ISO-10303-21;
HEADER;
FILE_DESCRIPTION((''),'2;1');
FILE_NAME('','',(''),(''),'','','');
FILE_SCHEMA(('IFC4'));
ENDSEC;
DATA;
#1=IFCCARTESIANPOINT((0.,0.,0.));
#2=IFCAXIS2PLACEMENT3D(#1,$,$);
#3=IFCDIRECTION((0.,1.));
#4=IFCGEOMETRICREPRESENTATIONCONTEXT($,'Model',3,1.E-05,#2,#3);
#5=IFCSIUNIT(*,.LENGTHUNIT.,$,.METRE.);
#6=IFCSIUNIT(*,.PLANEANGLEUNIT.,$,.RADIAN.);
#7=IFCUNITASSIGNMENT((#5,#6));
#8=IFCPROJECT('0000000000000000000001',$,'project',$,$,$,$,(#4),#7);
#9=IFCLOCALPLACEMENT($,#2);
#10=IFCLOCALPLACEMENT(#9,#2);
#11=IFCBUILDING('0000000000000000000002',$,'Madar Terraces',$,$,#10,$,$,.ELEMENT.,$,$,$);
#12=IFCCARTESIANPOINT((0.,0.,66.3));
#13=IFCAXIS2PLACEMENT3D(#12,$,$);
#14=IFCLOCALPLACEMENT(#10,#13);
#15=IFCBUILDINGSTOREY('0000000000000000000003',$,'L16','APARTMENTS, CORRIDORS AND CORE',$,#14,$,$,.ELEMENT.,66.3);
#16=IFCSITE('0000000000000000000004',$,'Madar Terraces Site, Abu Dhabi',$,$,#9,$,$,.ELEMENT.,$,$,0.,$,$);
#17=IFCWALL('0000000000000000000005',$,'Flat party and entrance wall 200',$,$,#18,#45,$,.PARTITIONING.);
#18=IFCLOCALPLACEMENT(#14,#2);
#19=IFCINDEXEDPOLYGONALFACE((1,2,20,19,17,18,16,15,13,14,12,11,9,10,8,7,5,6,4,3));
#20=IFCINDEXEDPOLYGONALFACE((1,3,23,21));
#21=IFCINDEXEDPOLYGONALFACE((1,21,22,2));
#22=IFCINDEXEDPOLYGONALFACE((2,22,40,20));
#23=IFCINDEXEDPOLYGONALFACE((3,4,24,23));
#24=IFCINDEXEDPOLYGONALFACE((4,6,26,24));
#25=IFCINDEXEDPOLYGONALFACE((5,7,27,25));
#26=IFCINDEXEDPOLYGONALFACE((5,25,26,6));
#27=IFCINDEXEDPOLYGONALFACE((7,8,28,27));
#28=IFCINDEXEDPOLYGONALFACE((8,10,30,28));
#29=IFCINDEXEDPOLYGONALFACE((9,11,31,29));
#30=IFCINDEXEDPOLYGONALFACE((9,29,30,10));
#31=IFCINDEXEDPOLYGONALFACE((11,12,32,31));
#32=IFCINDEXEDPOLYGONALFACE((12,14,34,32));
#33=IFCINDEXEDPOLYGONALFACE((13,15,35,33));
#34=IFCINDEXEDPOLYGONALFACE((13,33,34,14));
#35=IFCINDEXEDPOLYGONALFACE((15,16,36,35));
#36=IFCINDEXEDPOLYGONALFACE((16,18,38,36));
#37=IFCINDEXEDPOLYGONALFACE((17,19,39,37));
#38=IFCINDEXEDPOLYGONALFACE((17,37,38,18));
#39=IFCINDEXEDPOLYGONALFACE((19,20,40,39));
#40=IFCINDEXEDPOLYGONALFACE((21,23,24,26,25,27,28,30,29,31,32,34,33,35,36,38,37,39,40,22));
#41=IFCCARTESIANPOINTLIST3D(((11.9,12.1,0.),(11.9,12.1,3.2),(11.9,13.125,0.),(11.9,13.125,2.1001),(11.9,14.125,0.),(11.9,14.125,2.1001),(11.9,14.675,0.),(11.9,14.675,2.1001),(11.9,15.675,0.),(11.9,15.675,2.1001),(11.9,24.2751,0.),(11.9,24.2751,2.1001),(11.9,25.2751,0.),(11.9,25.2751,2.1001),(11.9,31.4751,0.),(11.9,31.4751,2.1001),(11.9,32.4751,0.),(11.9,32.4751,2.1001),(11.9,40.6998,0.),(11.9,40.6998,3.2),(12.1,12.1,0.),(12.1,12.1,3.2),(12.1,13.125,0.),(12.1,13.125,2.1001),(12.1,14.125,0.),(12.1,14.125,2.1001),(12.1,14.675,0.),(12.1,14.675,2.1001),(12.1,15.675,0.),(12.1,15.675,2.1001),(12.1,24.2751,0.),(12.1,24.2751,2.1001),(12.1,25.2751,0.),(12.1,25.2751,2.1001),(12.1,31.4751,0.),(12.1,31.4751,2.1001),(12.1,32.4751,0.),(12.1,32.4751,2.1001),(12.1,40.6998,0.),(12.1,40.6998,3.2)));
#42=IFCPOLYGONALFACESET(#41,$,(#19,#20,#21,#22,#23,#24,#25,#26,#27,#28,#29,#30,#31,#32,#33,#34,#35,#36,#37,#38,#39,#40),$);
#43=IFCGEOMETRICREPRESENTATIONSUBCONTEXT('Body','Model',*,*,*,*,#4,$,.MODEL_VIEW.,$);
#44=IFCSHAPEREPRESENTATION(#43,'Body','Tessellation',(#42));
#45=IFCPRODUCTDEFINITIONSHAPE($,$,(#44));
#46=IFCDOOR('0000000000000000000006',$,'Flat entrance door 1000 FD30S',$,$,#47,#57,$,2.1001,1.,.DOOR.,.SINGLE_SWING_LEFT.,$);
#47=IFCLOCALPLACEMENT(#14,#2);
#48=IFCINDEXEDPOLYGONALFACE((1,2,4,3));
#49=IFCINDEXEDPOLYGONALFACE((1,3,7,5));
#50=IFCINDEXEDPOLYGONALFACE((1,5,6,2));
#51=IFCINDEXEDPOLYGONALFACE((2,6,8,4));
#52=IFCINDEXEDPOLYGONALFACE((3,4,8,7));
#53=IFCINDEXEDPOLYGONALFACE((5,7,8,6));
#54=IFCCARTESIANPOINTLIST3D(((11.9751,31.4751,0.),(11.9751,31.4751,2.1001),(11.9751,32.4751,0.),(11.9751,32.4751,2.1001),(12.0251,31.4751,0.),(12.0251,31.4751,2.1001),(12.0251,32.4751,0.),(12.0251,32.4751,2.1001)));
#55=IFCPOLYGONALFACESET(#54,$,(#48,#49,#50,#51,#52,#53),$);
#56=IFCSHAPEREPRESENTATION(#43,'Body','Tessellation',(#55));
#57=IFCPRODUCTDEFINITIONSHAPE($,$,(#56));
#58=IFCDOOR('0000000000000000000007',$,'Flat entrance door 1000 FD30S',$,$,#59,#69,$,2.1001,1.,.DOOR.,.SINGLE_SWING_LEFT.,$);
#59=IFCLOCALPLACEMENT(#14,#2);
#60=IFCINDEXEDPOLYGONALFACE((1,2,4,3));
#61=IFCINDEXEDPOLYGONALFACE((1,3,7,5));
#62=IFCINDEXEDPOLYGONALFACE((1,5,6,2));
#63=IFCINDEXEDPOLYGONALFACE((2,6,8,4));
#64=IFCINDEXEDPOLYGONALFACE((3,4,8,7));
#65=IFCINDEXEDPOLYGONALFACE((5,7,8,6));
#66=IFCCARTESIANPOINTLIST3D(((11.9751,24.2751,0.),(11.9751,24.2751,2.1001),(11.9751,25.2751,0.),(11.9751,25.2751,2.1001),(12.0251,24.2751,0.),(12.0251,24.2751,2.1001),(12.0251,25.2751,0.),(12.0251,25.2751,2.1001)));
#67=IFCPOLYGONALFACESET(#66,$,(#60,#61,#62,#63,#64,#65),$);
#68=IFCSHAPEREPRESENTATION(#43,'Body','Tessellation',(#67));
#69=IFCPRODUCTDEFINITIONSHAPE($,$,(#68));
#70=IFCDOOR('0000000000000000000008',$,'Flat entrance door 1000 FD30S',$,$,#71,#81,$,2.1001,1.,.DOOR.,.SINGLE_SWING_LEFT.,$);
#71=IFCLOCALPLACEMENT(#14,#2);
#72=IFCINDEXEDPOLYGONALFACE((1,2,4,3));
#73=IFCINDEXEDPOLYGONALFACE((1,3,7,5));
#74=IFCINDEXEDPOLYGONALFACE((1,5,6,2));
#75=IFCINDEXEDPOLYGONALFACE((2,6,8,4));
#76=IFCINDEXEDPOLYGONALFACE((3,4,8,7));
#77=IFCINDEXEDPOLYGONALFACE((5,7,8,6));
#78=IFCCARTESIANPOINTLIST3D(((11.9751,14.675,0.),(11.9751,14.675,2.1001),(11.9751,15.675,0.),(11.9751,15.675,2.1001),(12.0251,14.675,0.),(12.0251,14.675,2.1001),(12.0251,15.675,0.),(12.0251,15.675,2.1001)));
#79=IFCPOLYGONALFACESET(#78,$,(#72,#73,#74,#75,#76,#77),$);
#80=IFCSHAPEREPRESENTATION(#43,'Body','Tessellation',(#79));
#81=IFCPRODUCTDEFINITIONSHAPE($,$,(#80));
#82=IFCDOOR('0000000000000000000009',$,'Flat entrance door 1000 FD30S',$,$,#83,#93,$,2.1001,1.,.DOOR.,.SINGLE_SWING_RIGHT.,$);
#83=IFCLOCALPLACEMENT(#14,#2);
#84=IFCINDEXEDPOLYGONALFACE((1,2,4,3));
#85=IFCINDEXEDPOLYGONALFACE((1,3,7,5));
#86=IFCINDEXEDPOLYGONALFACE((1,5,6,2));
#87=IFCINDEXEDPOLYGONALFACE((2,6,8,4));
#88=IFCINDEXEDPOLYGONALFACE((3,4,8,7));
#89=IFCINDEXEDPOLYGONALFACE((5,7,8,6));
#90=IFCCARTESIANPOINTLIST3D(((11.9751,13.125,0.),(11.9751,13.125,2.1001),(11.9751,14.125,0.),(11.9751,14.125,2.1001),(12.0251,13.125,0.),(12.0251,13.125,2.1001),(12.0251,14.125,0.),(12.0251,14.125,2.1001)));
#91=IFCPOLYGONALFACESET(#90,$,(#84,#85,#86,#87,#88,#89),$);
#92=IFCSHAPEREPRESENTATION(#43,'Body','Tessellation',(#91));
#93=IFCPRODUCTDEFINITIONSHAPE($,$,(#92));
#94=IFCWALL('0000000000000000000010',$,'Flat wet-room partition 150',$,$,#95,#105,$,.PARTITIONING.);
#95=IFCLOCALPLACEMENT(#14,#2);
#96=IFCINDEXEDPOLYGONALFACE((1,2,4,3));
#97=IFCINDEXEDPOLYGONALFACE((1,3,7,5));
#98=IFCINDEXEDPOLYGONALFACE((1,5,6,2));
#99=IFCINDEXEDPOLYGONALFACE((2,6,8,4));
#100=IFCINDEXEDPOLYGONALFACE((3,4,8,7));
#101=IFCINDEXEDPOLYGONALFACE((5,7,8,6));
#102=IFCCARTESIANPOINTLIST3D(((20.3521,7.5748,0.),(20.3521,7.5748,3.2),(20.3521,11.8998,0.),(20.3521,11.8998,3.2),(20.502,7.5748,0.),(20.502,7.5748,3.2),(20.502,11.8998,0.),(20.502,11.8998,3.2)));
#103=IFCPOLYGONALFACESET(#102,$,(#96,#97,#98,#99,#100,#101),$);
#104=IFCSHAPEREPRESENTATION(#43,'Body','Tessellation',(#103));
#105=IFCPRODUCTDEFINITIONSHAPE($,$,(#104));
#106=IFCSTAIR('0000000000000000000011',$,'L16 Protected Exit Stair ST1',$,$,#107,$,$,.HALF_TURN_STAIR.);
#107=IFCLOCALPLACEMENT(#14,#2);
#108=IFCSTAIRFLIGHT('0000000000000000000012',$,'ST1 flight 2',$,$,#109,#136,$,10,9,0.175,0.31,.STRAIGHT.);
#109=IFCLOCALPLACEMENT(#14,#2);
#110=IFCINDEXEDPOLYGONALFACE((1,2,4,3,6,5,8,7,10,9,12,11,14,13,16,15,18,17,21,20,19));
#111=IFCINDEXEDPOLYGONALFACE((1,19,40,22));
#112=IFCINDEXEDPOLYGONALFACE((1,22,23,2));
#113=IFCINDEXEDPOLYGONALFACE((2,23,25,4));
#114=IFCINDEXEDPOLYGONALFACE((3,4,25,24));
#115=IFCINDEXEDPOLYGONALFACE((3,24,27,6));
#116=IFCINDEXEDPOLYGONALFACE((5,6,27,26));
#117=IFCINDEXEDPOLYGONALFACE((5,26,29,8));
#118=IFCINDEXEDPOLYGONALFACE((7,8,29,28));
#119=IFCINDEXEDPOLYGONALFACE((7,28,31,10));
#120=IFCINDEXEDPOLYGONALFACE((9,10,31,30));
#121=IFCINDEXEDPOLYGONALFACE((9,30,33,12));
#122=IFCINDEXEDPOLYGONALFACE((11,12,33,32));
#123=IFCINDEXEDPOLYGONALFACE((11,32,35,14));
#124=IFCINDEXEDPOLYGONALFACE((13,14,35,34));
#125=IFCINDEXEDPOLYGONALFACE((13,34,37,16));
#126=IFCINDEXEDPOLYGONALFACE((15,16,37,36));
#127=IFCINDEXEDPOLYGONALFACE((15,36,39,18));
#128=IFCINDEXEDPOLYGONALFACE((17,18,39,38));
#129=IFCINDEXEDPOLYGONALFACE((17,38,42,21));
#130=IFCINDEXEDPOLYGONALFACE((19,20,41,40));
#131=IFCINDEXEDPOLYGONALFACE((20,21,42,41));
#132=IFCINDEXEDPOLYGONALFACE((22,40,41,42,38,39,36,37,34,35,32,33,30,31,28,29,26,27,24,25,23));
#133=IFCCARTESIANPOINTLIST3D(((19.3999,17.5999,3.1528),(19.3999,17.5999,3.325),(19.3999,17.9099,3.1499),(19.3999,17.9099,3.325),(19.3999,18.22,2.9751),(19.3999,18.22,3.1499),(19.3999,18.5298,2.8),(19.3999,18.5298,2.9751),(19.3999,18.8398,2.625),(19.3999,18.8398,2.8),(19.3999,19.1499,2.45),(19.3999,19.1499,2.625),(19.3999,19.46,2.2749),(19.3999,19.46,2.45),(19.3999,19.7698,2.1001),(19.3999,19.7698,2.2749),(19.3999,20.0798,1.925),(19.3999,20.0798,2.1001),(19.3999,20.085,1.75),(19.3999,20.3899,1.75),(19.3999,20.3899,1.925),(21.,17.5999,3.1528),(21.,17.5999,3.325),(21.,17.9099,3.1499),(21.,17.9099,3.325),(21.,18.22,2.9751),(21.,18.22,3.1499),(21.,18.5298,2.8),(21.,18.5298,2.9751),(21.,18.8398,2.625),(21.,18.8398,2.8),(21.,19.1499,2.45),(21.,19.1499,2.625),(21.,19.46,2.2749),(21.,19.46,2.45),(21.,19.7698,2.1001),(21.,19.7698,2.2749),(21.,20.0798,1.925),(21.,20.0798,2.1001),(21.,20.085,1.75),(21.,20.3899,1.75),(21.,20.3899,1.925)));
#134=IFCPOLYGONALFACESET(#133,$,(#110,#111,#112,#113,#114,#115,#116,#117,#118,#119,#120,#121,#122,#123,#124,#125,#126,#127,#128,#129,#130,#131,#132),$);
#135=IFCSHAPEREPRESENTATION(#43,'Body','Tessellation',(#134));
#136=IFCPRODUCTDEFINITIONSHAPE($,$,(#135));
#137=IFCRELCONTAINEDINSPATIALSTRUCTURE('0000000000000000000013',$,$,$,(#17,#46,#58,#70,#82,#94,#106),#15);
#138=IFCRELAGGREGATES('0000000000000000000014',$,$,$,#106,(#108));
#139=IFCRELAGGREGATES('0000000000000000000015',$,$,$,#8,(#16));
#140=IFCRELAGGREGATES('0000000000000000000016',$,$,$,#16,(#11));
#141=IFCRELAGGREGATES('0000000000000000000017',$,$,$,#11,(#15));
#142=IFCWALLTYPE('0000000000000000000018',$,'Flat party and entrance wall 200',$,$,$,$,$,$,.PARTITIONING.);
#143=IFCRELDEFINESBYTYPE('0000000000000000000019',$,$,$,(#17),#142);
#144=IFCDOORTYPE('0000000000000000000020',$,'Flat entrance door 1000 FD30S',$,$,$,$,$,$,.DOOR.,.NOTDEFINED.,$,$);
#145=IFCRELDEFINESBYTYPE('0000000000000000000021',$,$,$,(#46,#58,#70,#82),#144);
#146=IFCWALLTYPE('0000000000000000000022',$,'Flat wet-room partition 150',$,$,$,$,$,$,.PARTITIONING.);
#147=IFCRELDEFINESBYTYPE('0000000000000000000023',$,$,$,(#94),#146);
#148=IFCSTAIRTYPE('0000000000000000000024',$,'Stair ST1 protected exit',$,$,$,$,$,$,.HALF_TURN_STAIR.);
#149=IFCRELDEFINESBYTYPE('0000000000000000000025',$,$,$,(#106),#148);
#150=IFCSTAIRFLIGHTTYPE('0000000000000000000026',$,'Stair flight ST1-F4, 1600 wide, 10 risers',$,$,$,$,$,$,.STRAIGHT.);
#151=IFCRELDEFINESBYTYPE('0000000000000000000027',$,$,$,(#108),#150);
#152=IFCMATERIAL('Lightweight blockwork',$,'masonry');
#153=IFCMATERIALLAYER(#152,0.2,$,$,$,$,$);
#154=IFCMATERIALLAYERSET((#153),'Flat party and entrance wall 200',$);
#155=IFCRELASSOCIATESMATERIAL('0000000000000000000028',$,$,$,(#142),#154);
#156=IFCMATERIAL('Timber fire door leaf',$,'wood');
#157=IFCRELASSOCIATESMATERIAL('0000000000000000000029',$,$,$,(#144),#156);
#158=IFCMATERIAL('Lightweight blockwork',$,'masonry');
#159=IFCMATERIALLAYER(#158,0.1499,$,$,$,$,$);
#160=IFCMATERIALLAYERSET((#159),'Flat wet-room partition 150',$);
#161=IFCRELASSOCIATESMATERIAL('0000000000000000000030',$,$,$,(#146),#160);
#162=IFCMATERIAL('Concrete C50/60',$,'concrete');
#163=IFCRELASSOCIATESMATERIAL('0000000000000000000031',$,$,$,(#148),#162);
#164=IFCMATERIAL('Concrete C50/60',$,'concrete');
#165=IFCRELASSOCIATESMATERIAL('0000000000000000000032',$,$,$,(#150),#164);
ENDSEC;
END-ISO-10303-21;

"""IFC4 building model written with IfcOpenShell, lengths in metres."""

from ifc_helpers import new_model, si_unit, direction, frame, frame_2d, origin, place, context, subcontext, project, spatial, polyline, rectangle, outline, extrude, material, layer, layer_set, type_object, element, fill, aggregate, save


model = new_model("IFC4")

# Units and contexts
model_context = context("Model", 3, precision=1e-05, world=origin(), true_north=direction((0.0, 1.0)))
body_context = subcontext(model_context, "Body", "Model", "MODEL_VIEW")
ifc_project = project(units=[si_unit("LENGTHUNIT", "METRE"), si_unit("PLANEANGLEUNIT", "RADIAN")], contexts=[model_context])

# Site, building, storey
site_placement = place(None, origin())
site = spatial("IfcSite", under=ifc_project, at=site_placement, Name="Madar Terraces Site, Abu Dhabi", CompositionType="ELEMENT", RefElevation=0.0)
building_placement = place(site_placement, origin())
building = spatial("IfcBuilding", under=site, at=building_placement, Name="Madar Terraces", CompositionType="ELEMENT")
storey_placement = place(building_placement, frame((0.0, 0.0, 66.3)))
storey = spatial("IfcBuildingStorey", under=building, at=storey_placement, Name="L16", Description="APARTMENTS, CORRIDORS AND CORE", CompositionType="ELEMENT", Elevation=66.3)

# Wall, openings, doors
ifc_material_1 = material(Name="Lightweight blockwork", Category="masonry")
ifc_layer_1 = layer(ifc_material_1, 0.2)
ifc_layer_set_1 = layer_set([ifc_layer_1], Name="Flat party and entrance wall 200")
wall_type_1 = type_object("IfcWallType", Name="Flat party and entrance wall 200", PredefinedType="PARTITIONING", material=ifc_layer_set_1)
wall_1_placement = place(storey_placement, frame((12.0, 12.1001, 0.0), z_axis=(0.0, 0.0, 1.0), x_axis=(0.0, 1.0, 0.0)))
wall_1 = element("IfcWall", 1, at=wall_1_placement, inside=storey, type_object=wall_type_1, Name="Flat party and entrance wall 200", PredefinedType="PARTITIONING", context=body_context, shape_type="SweptSolid", body=[
    extrude(rectangle(XDim=28.5999, YDim=0.2, at=frame_2d((14.2998, 0.0))), origin(), (0.0, 0.0, 1.0), 3.2),
])
opening_1_placement = place(wall_1_placement, frame((19.375, 0.0, 0.0)))
opening_1 = element("IfcOpeningElement", 2, at=opening_1_placement, cuts=wall_1, PredefinedType="OPENING", context=body_context, shape_type="SweptSolid", body=[
    extrude(rectangle(XDim=1.0, YDim=2.1001, at=frame_2d((0.5, 1.05))), frame((0.0, 0.1099, 0.0), z_axis=(0.0, -1.0, 0.0), x_axis=(1.0, 0.0, 0.0)), (0.0, 0.0, 1.0), 0.22),
])
opening_2_placement = place(wall_1_placement, frame((12.175, 0.0, 0.0)))
opening_2 = element("IfcOpeningElement", 3, at=opening_2_placement, cuts=wall_1, PredefinedType="OPENING", context=body_context, shape_type="SweptSolid", body=[
    extrude(rectangle(XDim=1.0, YDim=2.1001, at=frame_2d((0.5, 1.05))), frame((0.0, 0.1099, 0.0), z_axis=(0.0, -1.0, 0.0), x_axis=(1.0, 0.0, 0.0)), (0.0, 0.0, 1.0), 0.22),
])
opening_3_placement = place(wall_1_placement, frame((2.575, 0.0, 0.0)))
opening_3 = element("IfcOpeningElement", 4, at=opening_3_placement, cuts=wall_1, PredefinedType="OPENING", context=body_context, shape_type="SweptSolid", body=[
    extrude(rectangle(XDim=1.0, YDim=2.1001, at=frame_2d((0.5, 1.05))), frame((0.0, 0.1099, 0.0), z_axis=(0.0, -1.0, 0.0), x_axis=(1.0, 0.0, 0.0)), (0.0, 0.0, 1.0), 0.22),
])
opening_4_placement = place(wall_1_placement, frame((1.0249, 0.0, 0.0)))
opening_4 = element("IfcOpeningElement", 5, at=opening_4_placement, cuts=wall_1, PredefinedType="OPENING", context=body_context, shape_type="SweptSolid", body=[
    extrude(rectangle(XDim=1.0, YDim=2.1001, at=frame_2d((0.5, 1.05))), frame((0.0, 0.1099, 0.0), z_axis=(0.0, -1.0, 0.0), x_axis=(1.0, 0.0, 0.0)), (0.0, 0.0, 1.0), 0.22),
])
ifc_material_2 = material(Name="Timber fire door leaf", Category="wood")
door_type_1 = type_object("IfcDoorType", Name="Flat entrance door 1000 FD30S", OperationType="NOTDEFINED", PredefinedType="DOOR", material=ifc_material_2)
door_1_placement = place(opening_1_placement, origin())
door_1 = element("IfcDoor", 6, at=door_1_placement, inside=storey, type_object=door_type_1, Name="Flat entrance door 1000 FD30S", OperationType="SINGLE_SWING_LEFT", OverallHeight=2.1001, OverallWidth=1.0, PredefinedType="DOOR", context=body_context, shape_type="SweptSolid", body=[
    extrude(rectangle(XDim=1.0, YDim=2.1001, at=frame_2d((0.5, 1.05))), frame((0.0, 0.0249, 0.0), z_axis=(0.0, -1.0, 0.0), x_axis=(1.0, 0.0, 0.0)), (0.0, 0.0, 1.0), 0.05),
])
fill(opening_1, door_1)
door_2_placement = place(opening_2_placement, origin())
door_2 = element("IfcDoor", 7, at=door_2_placement, inside=storey, type_object=door_type_1, Name="Flat entrance door 1000 FD30S", OperationType="SINGLE_SWING_LEFT", OverallHeight=2.1001, OverallWidth=1.0, PredefinedType="DOOR", context=body_context, shape_type="SweptSolid", body=[
    extrude(rectangle(XDim=1.0, YDim=2.1001, at=frame_2d((0.5, 1.05))), frame((0.0, 0.0249, 0.0), z_axis=(0.0, -1.0, 0.0), x_axis=(1.0, 0.0, 0.0)), (0.0, 0.0, 1.0), 0.05),
])
fill(opening_2, door_2)
door_3_placement = place(opening_3_placement, origin())
door_3 = element("IfcDoor", 8, at=door_3_placement, inside=storey, type_object=door_type_1, Name="Flat entrance door 1000 FD30S", OperationType="SINGLE_SWING_LEFT", OverallHeight=2.1001, OverallWidth=1.0, PredefinedType="DOOR", context=body_context, shape_type="SweptSolid", body=[
    extrude(rectangle(XDim=1.0, YDim=2.1001, at=frame_2d((0.5, 1.05))), frame((0.0, 0.0249, 0.0), z_axis=(0.0, -1.0, 0.0), x_axis=(1.0, 0.0, 0.0)), (0.0, 0.0, 1.0), 0.05),
])
fill(opening_3, door_3)
door_4_placement = place(opening_4_placement, origin())
door_4 = element("IfcDoor", 9, at=door_4_placement, inside=storey, type_object=door_type_1, Name="Flat entrance door 1000 FD30S", OperationType="SINGLE_SWING_RIGHT", OverallHeight=2.1001, OverallWidth=1.0, PredefinedType="DOOR", context=body_context, shape_type="SweptSolid", body=[
    extrude(rectangle(XDim=1.0, YDim=2.1001, at=frame_2d((0.5, 1.05))), frame((0.0, 0.0249, 0.0), z_axis=(0.0, -1.0, 0.0), x_axis=(1.0, 0.0, 0.0)), (0.0, 0.0, 1.0), 0.05),
])
fill(opening_4, door_4)

# Wall
ifc_material_3 = material(Name="Lightweight blockwork", Category="masonry")
ifc_layer_2 = layer(ifc_material_3, 0.1499)
ifc_layer_set_2 = layer_set([ifc_layer_2], Name="Flat wet-room partition 150")
wall_type_2 = type_object("IfcWallType", Name="Flat wet-room partition 150", PredefinedType="PARTITIONING", material=ifc_layer_set_2)
wall_2_placement = place(storey_placement, frame((20.427, 11.8999, 0.0), z_axis=(0.0, 0.0, 1.0), x_axis=(0.0, -1.0, 0.0)))
element("IfcWall", 10, at=wall_2_placement, inside=storey, type_object=wall_type_2, Name="Flat wet-room partition 150", PredefinedType="PARTITIONING", context=body_context, shape_type="SweptSolid", body=[
    extrude(rectangle(XDim=4.325, YDim=0.1499, at=frame_2d((2.1626, 0.0))), origin(), (0.0, 0.0, 1.0), 3.2),
])

# Stair, stair flight
ifc_material_4 = material(Name="Concrete C50/60", Category="concrete")
stair_type = type_object("IfcStairType", Name="Stair ST1 protected exit", PredefinedType="HALF_TURN_STAIR", material=ifc_material_4)
stair_placement = place(storey_placement, origin())
stair = element("IfcStair", 11, at=stair_placement, inside=storey, type_object=stair_type, Name="L16 Protected Exit Stair ST1", PredefinedType="HALF_TURN_STAIR")
ifc_material_5 = material(Name="Concrete C50/60", Category="concrete")
stair_flight_type = type_object("IfcStairFlightType", Name="Stair flight ST1-F4, 1600 wide, 10 risers", PredefinedType="STRAIGHT", material=ifc_material_5)
stair_flight_placement = place(storey_placement, frame((20.2, 20.3899, 1.75), z_axis=(0.0, 0.0, 1.0), x_axis=(0.0, -1.0, 0.0)))
stair_flight = element("IfcStairFlight", 12, at=stair_flight_placement, type_object=stair_flight_type, Name="ST1 flight 2", NumberOfRisers=10, NumberOfTreads=9, PredefinedType="STRAIGHT", RiserHeight=0.175, TreadLength=0.31, context=body_context, shape_type="SweptSolid", body=[
    extrude(outline(polyline([(0.0, 0.0), (0.0, 0.175), (0.3101, 0.175), (0.3101, 0.3501), (0.6201, 0.3501), (0.6201, 0.5249), (0.9299, 0.5249), (0.9299, 0.7), (1.24, 0.7), (1.24, 0.875), (1.55, 0.875), (1.55, 1.05), (1.8601, 1.05), (1.8601, 1.2251), (2.1699, 1.2251), (2.1699, 1.3999), (2.48, 1.3999), (2.48, 1.575), (2.79, 1.575), (2.79, 1.75), (2.79, 1.4028), (0.3049, 0.0), (0.0, 0.0)])), frame((0.0, 0.8, 0.0), z_axis=(0.0, -1.0, 0.0), x_axis=(1.0, 0.0, 0.0)), (0.0, 0.0, 1.0), 1.6001),
])
aggregate(stair, [stair_flight])

save(model, "model.ifc")
